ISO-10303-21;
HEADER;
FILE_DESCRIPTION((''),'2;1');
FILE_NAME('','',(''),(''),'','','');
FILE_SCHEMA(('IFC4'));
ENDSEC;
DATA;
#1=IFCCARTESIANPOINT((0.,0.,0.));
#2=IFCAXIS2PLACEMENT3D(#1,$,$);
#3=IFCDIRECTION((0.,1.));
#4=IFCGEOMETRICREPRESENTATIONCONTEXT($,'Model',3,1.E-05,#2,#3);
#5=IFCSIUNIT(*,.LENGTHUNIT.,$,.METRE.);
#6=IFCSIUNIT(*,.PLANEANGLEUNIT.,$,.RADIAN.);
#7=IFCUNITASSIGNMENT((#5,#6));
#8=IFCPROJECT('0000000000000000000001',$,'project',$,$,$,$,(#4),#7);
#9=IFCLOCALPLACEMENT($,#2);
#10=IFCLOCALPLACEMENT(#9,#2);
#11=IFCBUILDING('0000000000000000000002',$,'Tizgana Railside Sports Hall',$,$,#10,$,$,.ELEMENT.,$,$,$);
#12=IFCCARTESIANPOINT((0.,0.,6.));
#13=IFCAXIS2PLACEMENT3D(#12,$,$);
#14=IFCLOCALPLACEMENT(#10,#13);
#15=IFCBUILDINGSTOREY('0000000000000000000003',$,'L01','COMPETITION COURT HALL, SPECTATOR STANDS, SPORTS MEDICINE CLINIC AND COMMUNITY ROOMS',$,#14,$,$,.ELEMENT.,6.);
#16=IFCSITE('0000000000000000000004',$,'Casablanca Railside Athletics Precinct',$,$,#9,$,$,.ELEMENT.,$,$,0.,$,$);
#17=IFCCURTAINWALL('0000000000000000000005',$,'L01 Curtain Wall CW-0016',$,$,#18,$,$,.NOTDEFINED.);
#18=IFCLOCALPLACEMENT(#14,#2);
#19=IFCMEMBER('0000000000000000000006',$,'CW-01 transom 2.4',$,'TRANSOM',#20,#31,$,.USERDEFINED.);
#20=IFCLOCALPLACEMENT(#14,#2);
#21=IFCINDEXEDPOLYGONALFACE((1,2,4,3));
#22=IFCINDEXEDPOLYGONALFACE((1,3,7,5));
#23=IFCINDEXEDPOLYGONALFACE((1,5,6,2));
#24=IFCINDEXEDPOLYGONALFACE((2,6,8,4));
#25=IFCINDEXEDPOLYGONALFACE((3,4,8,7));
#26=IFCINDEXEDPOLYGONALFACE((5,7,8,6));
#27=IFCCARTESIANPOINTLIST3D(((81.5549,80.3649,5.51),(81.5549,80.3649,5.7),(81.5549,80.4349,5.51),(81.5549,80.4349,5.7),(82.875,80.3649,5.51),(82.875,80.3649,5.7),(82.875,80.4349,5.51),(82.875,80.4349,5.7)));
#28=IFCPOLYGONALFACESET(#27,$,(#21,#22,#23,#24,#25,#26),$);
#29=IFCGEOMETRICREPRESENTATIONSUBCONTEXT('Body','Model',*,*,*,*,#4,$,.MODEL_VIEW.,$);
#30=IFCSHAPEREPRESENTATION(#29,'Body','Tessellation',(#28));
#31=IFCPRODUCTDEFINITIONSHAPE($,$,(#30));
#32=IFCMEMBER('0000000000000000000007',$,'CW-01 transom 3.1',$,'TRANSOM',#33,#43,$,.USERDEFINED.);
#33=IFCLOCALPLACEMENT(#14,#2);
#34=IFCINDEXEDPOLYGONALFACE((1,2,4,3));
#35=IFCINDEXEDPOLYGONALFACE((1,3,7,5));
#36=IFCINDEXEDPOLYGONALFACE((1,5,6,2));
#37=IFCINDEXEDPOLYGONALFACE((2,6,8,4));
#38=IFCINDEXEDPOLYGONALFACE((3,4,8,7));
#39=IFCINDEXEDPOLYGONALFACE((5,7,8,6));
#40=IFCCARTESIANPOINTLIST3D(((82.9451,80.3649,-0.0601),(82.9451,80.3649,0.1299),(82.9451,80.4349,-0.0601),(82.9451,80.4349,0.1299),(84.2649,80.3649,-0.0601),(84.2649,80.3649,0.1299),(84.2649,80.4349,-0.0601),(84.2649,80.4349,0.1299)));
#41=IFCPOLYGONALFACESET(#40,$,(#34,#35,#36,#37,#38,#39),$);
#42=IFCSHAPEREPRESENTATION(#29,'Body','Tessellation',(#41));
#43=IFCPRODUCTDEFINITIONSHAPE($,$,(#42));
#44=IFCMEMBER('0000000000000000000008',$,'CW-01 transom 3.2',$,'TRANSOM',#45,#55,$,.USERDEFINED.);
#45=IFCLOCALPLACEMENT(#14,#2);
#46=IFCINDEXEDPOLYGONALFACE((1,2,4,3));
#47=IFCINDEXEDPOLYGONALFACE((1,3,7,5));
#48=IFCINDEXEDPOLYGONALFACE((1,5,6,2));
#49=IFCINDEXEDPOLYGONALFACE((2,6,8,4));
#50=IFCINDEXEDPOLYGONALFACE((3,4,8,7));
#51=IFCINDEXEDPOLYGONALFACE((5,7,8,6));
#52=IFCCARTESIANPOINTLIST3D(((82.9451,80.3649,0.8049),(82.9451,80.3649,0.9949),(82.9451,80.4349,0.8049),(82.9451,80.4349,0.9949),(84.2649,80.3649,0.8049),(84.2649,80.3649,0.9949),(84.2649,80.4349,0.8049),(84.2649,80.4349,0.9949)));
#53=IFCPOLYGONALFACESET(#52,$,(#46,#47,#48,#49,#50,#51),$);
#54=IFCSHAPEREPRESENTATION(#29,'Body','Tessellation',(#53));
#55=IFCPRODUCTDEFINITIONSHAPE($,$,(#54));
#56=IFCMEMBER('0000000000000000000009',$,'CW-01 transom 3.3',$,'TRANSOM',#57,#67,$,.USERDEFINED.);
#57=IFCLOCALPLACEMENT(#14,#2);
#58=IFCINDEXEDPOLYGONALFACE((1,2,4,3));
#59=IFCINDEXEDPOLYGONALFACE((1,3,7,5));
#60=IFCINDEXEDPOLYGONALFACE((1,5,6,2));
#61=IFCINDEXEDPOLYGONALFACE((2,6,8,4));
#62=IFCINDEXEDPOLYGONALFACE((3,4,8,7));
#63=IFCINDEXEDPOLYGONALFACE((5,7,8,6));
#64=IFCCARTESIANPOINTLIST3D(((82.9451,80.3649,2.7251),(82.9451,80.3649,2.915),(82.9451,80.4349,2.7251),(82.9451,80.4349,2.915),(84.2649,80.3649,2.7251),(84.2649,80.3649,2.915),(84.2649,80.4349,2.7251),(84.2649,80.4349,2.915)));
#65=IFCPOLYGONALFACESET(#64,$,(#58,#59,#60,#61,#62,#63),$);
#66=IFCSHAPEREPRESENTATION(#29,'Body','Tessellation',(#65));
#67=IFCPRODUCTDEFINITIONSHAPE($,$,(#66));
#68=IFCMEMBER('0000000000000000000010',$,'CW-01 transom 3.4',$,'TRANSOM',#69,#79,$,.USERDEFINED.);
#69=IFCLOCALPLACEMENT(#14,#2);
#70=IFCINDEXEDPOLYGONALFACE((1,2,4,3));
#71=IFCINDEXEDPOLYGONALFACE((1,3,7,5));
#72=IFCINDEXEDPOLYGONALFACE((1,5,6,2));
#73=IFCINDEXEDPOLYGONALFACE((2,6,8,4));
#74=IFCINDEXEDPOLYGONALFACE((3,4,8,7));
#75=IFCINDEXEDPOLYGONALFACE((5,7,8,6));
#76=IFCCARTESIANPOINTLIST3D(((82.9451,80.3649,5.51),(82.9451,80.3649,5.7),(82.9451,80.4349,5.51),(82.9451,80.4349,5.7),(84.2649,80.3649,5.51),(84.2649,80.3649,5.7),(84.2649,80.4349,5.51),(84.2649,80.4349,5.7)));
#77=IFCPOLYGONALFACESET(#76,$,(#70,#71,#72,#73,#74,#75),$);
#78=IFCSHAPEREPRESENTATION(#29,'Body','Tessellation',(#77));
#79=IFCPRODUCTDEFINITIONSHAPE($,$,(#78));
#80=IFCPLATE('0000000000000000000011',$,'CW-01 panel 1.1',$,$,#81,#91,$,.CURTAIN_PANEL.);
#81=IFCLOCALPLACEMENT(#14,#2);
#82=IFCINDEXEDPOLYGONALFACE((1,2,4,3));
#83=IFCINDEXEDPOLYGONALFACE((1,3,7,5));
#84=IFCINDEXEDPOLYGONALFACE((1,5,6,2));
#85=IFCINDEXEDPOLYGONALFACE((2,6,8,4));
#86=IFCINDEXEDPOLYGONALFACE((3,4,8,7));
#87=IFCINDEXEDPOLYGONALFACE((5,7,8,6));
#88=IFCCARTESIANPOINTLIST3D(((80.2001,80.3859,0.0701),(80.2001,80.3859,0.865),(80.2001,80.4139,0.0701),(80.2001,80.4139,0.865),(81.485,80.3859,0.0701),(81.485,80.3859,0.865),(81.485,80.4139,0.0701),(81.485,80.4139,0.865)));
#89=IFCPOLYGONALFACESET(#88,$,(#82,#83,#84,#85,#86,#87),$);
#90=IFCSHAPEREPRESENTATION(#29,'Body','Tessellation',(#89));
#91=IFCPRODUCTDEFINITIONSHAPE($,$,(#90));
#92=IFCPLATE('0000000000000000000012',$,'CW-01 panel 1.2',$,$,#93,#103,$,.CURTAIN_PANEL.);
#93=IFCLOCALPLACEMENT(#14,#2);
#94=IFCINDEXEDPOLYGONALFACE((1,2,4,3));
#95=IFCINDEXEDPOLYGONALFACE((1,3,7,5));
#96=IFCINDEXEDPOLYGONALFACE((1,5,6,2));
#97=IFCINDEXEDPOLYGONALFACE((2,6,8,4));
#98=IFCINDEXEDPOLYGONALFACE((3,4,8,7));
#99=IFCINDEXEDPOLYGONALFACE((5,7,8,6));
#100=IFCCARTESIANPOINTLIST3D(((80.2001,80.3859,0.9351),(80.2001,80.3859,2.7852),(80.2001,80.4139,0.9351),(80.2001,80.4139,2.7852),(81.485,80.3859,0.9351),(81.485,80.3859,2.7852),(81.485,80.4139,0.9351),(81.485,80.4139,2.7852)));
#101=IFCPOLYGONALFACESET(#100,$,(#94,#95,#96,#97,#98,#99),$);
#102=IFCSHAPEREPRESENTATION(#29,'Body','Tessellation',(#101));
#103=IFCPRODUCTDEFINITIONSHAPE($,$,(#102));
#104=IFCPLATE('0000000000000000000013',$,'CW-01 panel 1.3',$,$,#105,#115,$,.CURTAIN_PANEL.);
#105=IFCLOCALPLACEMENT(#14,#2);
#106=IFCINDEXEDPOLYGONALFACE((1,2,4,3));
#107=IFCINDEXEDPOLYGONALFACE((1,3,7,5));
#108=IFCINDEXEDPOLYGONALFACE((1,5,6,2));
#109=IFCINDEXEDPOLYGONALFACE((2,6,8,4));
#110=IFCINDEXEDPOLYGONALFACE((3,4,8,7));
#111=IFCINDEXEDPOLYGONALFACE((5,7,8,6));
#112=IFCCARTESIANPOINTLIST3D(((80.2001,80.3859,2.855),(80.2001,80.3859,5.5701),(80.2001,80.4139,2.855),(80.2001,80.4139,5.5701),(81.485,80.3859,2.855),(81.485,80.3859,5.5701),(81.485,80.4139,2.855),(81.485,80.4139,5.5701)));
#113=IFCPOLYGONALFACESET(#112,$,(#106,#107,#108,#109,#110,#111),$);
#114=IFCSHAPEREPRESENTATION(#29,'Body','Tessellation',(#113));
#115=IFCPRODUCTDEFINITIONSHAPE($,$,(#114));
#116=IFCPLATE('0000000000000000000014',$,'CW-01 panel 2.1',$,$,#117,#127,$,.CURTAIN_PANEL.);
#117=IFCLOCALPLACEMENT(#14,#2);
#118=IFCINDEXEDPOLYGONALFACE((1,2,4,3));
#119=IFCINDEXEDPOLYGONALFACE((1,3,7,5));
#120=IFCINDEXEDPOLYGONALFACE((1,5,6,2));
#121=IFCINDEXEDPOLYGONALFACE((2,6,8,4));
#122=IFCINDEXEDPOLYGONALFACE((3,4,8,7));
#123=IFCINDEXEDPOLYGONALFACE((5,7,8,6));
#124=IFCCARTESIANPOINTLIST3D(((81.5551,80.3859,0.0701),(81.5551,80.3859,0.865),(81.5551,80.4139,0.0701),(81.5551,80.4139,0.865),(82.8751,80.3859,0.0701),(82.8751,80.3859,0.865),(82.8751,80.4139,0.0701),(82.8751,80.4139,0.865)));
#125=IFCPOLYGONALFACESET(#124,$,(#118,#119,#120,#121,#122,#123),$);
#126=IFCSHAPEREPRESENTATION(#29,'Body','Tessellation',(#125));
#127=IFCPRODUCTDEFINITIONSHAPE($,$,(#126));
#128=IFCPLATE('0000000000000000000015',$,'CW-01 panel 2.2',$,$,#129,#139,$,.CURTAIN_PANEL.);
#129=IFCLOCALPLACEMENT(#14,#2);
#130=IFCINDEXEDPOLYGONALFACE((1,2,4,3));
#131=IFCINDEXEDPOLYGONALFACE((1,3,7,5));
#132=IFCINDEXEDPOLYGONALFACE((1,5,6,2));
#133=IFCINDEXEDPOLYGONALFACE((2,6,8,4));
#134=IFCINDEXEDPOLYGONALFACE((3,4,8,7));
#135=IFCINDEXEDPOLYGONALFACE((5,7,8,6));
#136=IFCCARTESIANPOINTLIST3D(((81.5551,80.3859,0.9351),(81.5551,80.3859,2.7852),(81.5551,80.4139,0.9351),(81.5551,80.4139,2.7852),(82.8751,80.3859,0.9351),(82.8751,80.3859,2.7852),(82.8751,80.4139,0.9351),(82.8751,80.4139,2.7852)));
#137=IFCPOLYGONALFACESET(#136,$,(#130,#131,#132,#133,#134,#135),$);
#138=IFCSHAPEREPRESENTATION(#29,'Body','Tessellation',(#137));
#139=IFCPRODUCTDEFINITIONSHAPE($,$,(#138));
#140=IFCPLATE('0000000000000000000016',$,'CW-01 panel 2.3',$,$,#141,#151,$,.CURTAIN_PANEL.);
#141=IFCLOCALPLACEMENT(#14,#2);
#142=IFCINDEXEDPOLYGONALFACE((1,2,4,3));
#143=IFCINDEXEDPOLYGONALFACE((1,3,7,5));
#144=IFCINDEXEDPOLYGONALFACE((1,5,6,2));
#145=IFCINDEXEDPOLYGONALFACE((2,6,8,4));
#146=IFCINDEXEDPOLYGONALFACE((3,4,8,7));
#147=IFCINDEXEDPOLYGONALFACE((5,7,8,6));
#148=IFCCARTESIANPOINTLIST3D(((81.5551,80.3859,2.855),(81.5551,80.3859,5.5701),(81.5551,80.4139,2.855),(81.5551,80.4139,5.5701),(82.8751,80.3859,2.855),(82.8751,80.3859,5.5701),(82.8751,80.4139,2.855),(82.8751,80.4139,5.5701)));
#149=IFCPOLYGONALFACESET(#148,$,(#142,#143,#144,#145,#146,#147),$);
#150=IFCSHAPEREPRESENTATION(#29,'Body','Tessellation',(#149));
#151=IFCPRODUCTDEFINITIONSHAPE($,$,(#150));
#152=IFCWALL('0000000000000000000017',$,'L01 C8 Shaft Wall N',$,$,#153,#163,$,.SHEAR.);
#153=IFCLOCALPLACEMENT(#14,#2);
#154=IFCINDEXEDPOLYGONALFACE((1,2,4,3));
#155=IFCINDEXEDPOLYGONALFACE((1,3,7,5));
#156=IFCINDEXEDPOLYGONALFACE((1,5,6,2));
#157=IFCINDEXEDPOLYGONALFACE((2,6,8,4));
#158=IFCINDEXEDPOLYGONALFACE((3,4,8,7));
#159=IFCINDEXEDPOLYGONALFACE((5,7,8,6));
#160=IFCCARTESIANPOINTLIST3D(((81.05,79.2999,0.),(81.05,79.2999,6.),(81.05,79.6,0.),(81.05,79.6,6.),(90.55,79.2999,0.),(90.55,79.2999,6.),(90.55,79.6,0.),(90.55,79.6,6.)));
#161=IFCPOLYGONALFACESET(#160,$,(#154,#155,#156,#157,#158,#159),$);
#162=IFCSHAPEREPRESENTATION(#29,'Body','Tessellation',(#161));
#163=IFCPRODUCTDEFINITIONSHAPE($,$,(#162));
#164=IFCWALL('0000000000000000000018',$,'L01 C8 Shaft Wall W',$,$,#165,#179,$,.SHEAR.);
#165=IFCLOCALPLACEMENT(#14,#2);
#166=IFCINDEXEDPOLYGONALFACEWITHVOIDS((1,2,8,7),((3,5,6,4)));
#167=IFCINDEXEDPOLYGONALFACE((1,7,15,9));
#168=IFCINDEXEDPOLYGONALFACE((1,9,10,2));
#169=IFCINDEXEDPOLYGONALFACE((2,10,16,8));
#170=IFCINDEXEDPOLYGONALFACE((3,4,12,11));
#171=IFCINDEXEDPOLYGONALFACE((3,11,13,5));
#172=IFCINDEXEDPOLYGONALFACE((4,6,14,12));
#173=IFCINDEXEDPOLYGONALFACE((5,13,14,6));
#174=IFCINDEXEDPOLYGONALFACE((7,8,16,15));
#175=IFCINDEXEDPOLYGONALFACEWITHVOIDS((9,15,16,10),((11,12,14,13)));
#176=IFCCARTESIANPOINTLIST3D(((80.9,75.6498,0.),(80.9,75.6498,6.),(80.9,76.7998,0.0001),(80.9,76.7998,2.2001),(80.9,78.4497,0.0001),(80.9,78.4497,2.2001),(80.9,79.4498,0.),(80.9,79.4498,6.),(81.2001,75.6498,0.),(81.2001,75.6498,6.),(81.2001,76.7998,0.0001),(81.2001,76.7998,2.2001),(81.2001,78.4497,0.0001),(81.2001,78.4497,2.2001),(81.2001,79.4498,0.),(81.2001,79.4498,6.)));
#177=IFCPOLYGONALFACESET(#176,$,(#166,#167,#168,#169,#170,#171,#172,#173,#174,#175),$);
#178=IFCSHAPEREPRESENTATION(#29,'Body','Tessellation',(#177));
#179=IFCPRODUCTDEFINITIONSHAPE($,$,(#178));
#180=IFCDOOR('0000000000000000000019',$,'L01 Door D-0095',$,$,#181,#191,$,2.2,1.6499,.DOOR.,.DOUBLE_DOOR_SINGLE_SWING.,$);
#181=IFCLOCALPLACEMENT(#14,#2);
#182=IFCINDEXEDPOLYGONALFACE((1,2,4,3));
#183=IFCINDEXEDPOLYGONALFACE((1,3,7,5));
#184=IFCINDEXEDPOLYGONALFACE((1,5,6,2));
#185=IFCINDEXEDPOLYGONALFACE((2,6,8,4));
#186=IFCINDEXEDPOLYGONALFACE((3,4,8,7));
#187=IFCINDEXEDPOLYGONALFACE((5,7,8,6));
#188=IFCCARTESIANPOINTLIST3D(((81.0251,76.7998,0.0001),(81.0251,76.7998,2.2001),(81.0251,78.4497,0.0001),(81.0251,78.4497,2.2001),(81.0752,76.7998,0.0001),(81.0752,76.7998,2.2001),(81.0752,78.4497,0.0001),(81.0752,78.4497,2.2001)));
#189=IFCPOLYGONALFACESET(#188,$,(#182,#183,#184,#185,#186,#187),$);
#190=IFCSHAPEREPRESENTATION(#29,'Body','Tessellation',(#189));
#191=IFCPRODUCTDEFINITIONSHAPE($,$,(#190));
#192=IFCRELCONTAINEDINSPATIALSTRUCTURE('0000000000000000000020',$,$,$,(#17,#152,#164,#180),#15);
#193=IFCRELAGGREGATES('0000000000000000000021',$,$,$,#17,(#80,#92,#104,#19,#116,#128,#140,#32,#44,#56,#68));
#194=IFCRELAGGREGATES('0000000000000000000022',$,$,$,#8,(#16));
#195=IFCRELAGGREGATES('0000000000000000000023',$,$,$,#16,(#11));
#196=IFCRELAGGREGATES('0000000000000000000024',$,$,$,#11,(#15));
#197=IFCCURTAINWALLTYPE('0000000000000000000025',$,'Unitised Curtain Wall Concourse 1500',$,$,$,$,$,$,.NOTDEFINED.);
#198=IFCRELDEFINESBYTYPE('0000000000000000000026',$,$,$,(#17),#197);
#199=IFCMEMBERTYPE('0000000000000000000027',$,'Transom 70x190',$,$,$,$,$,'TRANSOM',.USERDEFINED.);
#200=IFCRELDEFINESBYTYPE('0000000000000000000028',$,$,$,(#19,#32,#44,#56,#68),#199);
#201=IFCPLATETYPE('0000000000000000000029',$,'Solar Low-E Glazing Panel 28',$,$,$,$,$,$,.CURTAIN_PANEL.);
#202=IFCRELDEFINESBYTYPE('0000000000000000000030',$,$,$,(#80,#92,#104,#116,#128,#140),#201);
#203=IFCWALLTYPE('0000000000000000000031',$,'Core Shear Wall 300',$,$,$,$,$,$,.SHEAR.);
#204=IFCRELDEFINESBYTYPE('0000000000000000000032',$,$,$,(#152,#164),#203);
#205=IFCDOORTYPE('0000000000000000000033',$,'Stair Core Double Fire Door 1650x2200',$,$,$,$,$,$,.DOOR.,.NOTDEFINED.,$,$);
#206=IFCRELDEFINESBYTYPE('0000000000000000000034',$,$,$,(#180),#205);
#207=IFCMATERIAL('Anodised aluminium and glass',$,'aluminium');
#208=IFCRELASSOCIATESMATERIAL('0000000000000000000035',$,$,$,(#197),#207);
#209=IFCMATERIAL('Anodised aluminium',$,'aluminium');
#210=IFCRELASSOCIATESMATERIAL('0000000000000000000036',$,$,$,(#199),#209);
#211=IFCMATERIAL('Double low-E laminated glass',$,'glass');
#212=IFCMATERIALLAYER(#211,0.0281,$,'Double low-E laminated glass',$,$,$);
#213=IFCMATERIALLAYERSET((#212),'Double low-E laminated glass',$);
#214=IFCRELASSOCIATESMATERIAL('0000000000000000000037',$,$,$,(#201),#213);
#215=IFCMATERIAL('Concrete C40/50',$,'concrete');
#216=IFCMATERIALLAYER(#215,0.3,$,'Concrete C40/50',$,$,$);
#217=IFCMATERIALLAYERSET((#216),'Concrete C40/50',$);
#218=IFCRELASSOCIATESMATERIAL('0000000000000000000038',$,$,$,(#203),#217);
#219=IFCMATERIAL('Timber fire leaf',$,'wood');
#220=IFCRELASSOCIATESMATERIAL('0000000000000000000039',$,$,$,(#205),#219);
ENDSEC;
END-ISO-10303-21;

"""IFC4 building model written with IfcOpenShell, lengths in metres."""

from ifc_helpers import new_model, si_unit, direction, frame, frame_2d, origin, origin_2d, place, context, subcontext, project, spatial, rectangle, extrude, material, layer, layer_set, material_profile, profile_set, type_object, element, fill, aggregate, save


model = new_model("IFC4")

# Units and contexts
model_context = context("Model", 3, precision=1e-05, world=origin(), true_north=direction((0.0, 1.0)))
body_context = subcontext(model_context, "Body", "Model", "MODEL_VIEW")
ifc_project = project(units=[si_unit("LENGTHUNIT", "METRE"), si_unit("PLANEANGLEUNIT", "RADIAN")], contexts=[model_context])

# Site, building, storey
site_placement = place(None, origin())
site = spatial("IfcSite", under=ifc_project, at=site_placement, Name="Casablanca Railside Athletics Precinct", CompositionType="ELEMENT", RefElevation=0.0)
building_placement = place(site_placement, origin())
building = spatial("IfcBuilding", under=site, at=building_placement, Name="Tizgana Railside Sports Hall", CompositionType="ELEMENT")
storey_placement = place(building_placement, frame((0.0, 0.0, 6.0)))
storey = spatial("IfcBuildingStorey", under=building, at=storey_placement, Name="L01", Description="COMPETITION COURT HALL, SPECTATOR STANDS, SPORTS MEDICINE CLINIC AND COMMUNITY ROOMS", CompositionType="ELEMENT", Elevation=6.0)

# Shared definitions
ifc_material_1 = material(Name="Concrete C40/50", Category="concrete")

# Curtain wall
ifc_material_2 = material(Name="Anodised aluminium and glass", Category="aluminium")
curtain_wall_type = type_object("IfcCurtainWallType", Name="Unitised Curtain Wall Concourse 1500", PredefinedType="NOTDEFINED", material=ifc_material_2)
curtain_wall_placement = place(storey_placement, origin())
curtain_wall = element("IfcCurtainWall", 1, at=curtain_wall_placement, inside=storey, type_object=curtain_wall_type, Name="L01 Curtain Wall CW-0016", PredefinedType="NOTDEFINED")
ifc_material_3 = material(Name="Anodised aluminium", Category="aluminium")

# Members
ifc_material_profile_1 = material_profile(ifc_material_3, rectangle(XDim=0.0701, YDim=0.1899, at=origin_2d()), Name="Transom 70x190")
ifc_profile_set_1 = profile_set([ifc_material_profile_1], Name="Anodised aluminium")
member_type_1 = type_object("IfcMemberType", Name="Transom 70x190", ElementType="TRANSOM", PredefinedType="USERDEFINED", material=ifc_profile_set_1)
member_1_placement = place(storey_placement, frame((81.5549, 80.3999, 5.605), z_axis=(1.0, 0.0, 0.0), x_axis=(0.0, 1.0, 0.0)))
member_1 = element("IfcMember", 2, at=member_1_placement, type_object=member_type_1, Name="CW-01 transom 2.4", ObjectType="TRANSOM", PredefinedType="USERDEFINED", context=body_context, shape_type="SweptSolid", body=[
    extrude(rectangle(XDim=0.0701, YDim=0.1899, at=origin_2d()), origin(), (0.0, 0.0, 1.0), 1.3201),
])
member_2_placement = place(storey_placement, frame((82.9451, 80.3999, 0.0349), z_axis=(1.0, 0.0, 0.0), x_axis=(0.0, 1.0, 0.0)))
member_2 = element("IfcMember", 3, at=member_2_placement, type_object=member_type_1, Name="CW-01 transom 3.1", ObjectType="TRANSOM", PredefinedType="USERDEFINED", context=body_context, shape_type="SweptSolid", body=[
    extrude(rectangle(XDim=0.0701, YDim=0.1899, at=origin_2d()), origin(), (0.0, 0.0, 1.0), 1.3198),
])
member_3_placement = place(storey_placement, frame((82.9451, 80.3999, 0.8999), z_axis=(1.0, 0.0, 0.0), x_axis=(0.0, 1.0, 0.0)))
member_3 = element("IfcMember", 4, at=member_3_placement, type_object=member_type_1, Name="CW-01 transom 3.2", ObjectType="TRANSOM", PredefinedType="USERDEFINED", context=body_context, shape_type="SweptSolid", body=[
    extrude(rectangle(XDim=0.0701, YDim=0.1899, at=origin_2d()), origin(), (0.0, 0.0, 1.0), 1.3198),
])
member_4_placement = place(storey_placement, frame((82.9451, 80.3999, 2.8201), z_axis=(1.0, 0.0, 0.0), x_axis=(0.0, 1.0, 0.0)))
member_4 = element("IfcMember", 5, at=member_4_placement, type_object=member_type_1, Name="CW-01 transom 3.3", ObjectType="TRANSOM", PredefinedType="USERDEFINED", context=body_context, shape_type="SweptSolid", body=[
    extrude(rectangle(XDim=0.0701, YDim=0.1899, at=origin_2d()), origin(), (0.0, 0.0, 1.0), 1.3198),
])
member_5_placement = place(storey_placement, frame((82.9451, 80.3999, 5.605), z_axis=(1.0, 0.0, 0.0), x_axis=(0.0, 1.0, 0.0)))
member_5 = element("IfcMember", 6, at=member_5_placement, type_object=member_type_1, Name="CW-01 transom 3.4", ObjectType="TRANSOM", PredefinedType="USERDEFINED", context=body_context, shape_type="SweptSolid", body=[
    extrude(rectangle(XDim=0.0701, YDim=0.1899, at=origin_2d()), origin(), (0.0, 0.0, 1.0), 1.3198),
])

# Plates
ifc_material_4 = material(Name="Double low-E laminated glass", Category="glass")
ifc_layer_1 = layer(ifc_material_4, 0.0281, Name="Double low-E laminated glass")
ifc_layer_set_1 = layer_set([ifc_layer_1], Name="Double low-E laminated glass")
plate_type = type_object("IfcPlateType", Name="Solar Low-E Glazing Panel 28", PredefinedType="CURTAIN_PANEL", material=ifc_layer_set_1)
plate_1_placement = place(storey_placement, frame((80.8425, 80.3999, 0.0701), z_axis=(0.0, 0.0, 1.0), x_axis=(1.0, 0.0, 0.0)))
plate_1 = element("IfcPlate", 7, at=plate_1_placement, type_object=plate_type, Name="CW-01 panel 1.1", PredefinedType="CURTAIN_PANEL", context=body_context, shape_type="SweptSolid", body=[
    extrude(rectangle(XDim=1.2849, YDim=0.0281, at=origin_2d()), origin(), (0.0, 0.0, 1.0), 0.7949),
])
plate_2_placement = place(storey_placement, frame((80.8425, 80.3999, 0.9351), z_axis=(0.0, 0.0, 1.0), x_axis=(1.0, 0.0, 0.0)))
plate_2 = element("IfcPlate", 8, at=plate_2_placement, type_object=plate_type, Name="CW-01 panel 1.2", PredefinedType="CURTAIN_PANEL", context=body_context, shape_type="SweptSolid", body=[
    extrude(rectangle(XDim=1.2849, YDim=0.0281, at=origin_2d()), origin(), (0.0, 0.0, 1.0), 1.8501),
])
plate_3_placement = place(storey_placement, frame((80.8425, 80.3999, 2.855), z_axis=(0.0, 0.0, 1.0), x_axis=(1.0, 0.0, 0.0)))
plate_3 = element("IfcPlate", 9, at=plate_3_placement, type_object=plate_type, Name="CW-01 panel 1.3", PredefinedType="CURTAIN_PANEL", context=body_context, shape_type="SweptSolid", body=[
    extrude(rectangle(XDim=1.2849, YDim=0.0281, at=origin_2d()), origin(), (0.0, 0.0, 1.0), 2.7151),
])
plate_4_placement = place(storey_placement, frame((82.2151, 80.3999, 0.0701), z_axis=(0.0, 0.0, 1.0), x_axis=(1.0, 0.0, 0.0)))
plate_4 = element("IfcPlate", 10, at=plate_4_placement, type_object=plate_type, Name="CW-01 panel 2.1", PredefinedType="CURTAIN_PANEL", context=body_context, shape_type="SweptSolid", body=[
    extrude(rectangle(XDim=1.3201, YDim=0.0281, at=origin_2d()), origin(), (0.0, 0.0, 1.0), 0.7949),
])
plate_5_placement = place(storey_placement, frame((82.2151, 80.3999, 0.9351), z_axis=(0.0, 0.0, 1.0), x_axis=(1.0, 0.0, 0.0)))
plate_5 = element("IfcPlate", 11, at=plate_5_placement, type_object=plate_type, Name="CW-01 panel 2.2", PredefinedType="CURTAIN_PANEL", context=body_context, shape_type="SweptSolid", body=[
    extrude(rectangle(XDim=1.3201, YDim=0.0281, at=origin_2d()), origin(), (0.0, 0.0, 1.0), 1.8501),
])
plate_6_placement = place(storey_placement, frame((82.2151, 80.3999, 2.855), z_axis=(0.0, 0.0, 1.0), x_axis=(1.0, 0.0, 0.0)))
plate_6 = element("IfcPlate", 12, at=plate_6_placement, type_object=plate_type, Name="CW-01 panel 2.3", PredefinedType="CURTAIN_PANEL", context=body_context, shape_type="SweptSolid", body=[
    extrude(rectangle(XDim=1.3201, YDim=0.0281, at=origin_2d()), origin(), (0.0, 0.0, 1.0), 2.7151),
])
aggregate(curtain_wall, [plate_1, plate_2, plate_3, member_1, plate_4, plate_5, plate_6, member_2, member_3, member_4, member_5])

# Wall
ifc_layer_2 = layer(ifc_material_1, 0.3, Name="Concrete C40/50")
ifc_layer_set_2 = layer_set([ifc_layer_2], Name="Concrete C40/50")
wall_type_1 = type_object("IfcWallType", Name="Core Shear Wall 300", PredefinedType="SHEAR", material=ifc_layer_set_2)
wall_1_placement = place(storey_placement, frame((81.05, 79.45, 0.0), z_axis=(0.0, 0.0, 1.0), x_axis=(1.0, 0.0, 0.0)))
element("IfcWall", 13, at=wall_1_placement, inside=storey, type_object=wall_type_1, Name="L01 C8 Shaft Wall N", PredefinedType="SHEAR", context=body_context, shape_type="SweptSolid", body=[
    extrude(rectangle(XDim=9.5, YDim=0.3, at=frame_2d((4.75, 0.0))), origin(), (0.0, 0.0, 1.0), 6.0),
])

# Wall, opening, door
wall_2_placement = place(storey_placement, frame((81.05, 75.6499, 0.0), z_axis=(0.0, 0.0, 1.0), x_axis=(0.0, 1.0, 0.0)))
wall_2 = element("IfcWall", 14, at=wall_2_placement, inside=storey, type_object=wall_type_1, Name="L01 C8 Shaft Wall W", PredefinedType="SHEAR", context=body_context, shape_type="SweptSolid", body=[
    extrude(rectangle(XDim=3.8, YDim=0.3, at=frame_2d((1.8999, 0.0))), origin(), (0.0, 0.0, 1.0), 6.0),
])
opening_1_placement = place(wall_2_placement, frame((1.1499, 0.0, 0.0)))
opening_1 = element("IfcOpeningElement", 15, at=opening_1_placement, cuts=wall_2, PredefinedType="OPENING", context=body_context, shape_type="SweptSolid", body=[
    extrude(rectangle(XDim=1.6499, YDim=2.2, at=frame_2d((0.825, 1.1001))), frame((0.0, 0.1599, 0.0), z_axis=(0.0, -1.0, 0.0), x_axis=(1.0, 0.0, 0.0)), (0.0, 0.0, 1.0), 0.3201),
])
ifc_material_5 = material(Name="Timber fire leaf", Category="wood")
door_type_1 = type_object("IfcDoorType", Name="Stair Core Double Fire Door 1650x2200", OperationType="NOTDEFINED", PredefinedType="DOOR", material=ifc_material_5)
door_1_placement = place(opening_1_placement, origin())
door_1 = element("IfcDoor", 16, at=door_1_placement, inside=storey, type_object=door_type_1, Name="L01 Door D-0095", OperationType="DOUBLE_DOOR_SINGLE_SWING", OverallHeight=2.2, OverallWidth=1.6499, PredefinedType="DOOR", context=body_context, shape_type="SweptSolid", body=[
    extrude(rectangle(XDim=1.6499, YDim=2.2, at=frame_2d((0.825, 1.1001))), frame((0.0, 0.0249, 0.0), z_axis=(0.0, -1.0, 0.0), x_axis=(1.0, 0.0, 0.0)), (0.0, 0.0, 1.0), 0.05),
])
fill(opening_1, door_1)

save(model, "model.ifc")
